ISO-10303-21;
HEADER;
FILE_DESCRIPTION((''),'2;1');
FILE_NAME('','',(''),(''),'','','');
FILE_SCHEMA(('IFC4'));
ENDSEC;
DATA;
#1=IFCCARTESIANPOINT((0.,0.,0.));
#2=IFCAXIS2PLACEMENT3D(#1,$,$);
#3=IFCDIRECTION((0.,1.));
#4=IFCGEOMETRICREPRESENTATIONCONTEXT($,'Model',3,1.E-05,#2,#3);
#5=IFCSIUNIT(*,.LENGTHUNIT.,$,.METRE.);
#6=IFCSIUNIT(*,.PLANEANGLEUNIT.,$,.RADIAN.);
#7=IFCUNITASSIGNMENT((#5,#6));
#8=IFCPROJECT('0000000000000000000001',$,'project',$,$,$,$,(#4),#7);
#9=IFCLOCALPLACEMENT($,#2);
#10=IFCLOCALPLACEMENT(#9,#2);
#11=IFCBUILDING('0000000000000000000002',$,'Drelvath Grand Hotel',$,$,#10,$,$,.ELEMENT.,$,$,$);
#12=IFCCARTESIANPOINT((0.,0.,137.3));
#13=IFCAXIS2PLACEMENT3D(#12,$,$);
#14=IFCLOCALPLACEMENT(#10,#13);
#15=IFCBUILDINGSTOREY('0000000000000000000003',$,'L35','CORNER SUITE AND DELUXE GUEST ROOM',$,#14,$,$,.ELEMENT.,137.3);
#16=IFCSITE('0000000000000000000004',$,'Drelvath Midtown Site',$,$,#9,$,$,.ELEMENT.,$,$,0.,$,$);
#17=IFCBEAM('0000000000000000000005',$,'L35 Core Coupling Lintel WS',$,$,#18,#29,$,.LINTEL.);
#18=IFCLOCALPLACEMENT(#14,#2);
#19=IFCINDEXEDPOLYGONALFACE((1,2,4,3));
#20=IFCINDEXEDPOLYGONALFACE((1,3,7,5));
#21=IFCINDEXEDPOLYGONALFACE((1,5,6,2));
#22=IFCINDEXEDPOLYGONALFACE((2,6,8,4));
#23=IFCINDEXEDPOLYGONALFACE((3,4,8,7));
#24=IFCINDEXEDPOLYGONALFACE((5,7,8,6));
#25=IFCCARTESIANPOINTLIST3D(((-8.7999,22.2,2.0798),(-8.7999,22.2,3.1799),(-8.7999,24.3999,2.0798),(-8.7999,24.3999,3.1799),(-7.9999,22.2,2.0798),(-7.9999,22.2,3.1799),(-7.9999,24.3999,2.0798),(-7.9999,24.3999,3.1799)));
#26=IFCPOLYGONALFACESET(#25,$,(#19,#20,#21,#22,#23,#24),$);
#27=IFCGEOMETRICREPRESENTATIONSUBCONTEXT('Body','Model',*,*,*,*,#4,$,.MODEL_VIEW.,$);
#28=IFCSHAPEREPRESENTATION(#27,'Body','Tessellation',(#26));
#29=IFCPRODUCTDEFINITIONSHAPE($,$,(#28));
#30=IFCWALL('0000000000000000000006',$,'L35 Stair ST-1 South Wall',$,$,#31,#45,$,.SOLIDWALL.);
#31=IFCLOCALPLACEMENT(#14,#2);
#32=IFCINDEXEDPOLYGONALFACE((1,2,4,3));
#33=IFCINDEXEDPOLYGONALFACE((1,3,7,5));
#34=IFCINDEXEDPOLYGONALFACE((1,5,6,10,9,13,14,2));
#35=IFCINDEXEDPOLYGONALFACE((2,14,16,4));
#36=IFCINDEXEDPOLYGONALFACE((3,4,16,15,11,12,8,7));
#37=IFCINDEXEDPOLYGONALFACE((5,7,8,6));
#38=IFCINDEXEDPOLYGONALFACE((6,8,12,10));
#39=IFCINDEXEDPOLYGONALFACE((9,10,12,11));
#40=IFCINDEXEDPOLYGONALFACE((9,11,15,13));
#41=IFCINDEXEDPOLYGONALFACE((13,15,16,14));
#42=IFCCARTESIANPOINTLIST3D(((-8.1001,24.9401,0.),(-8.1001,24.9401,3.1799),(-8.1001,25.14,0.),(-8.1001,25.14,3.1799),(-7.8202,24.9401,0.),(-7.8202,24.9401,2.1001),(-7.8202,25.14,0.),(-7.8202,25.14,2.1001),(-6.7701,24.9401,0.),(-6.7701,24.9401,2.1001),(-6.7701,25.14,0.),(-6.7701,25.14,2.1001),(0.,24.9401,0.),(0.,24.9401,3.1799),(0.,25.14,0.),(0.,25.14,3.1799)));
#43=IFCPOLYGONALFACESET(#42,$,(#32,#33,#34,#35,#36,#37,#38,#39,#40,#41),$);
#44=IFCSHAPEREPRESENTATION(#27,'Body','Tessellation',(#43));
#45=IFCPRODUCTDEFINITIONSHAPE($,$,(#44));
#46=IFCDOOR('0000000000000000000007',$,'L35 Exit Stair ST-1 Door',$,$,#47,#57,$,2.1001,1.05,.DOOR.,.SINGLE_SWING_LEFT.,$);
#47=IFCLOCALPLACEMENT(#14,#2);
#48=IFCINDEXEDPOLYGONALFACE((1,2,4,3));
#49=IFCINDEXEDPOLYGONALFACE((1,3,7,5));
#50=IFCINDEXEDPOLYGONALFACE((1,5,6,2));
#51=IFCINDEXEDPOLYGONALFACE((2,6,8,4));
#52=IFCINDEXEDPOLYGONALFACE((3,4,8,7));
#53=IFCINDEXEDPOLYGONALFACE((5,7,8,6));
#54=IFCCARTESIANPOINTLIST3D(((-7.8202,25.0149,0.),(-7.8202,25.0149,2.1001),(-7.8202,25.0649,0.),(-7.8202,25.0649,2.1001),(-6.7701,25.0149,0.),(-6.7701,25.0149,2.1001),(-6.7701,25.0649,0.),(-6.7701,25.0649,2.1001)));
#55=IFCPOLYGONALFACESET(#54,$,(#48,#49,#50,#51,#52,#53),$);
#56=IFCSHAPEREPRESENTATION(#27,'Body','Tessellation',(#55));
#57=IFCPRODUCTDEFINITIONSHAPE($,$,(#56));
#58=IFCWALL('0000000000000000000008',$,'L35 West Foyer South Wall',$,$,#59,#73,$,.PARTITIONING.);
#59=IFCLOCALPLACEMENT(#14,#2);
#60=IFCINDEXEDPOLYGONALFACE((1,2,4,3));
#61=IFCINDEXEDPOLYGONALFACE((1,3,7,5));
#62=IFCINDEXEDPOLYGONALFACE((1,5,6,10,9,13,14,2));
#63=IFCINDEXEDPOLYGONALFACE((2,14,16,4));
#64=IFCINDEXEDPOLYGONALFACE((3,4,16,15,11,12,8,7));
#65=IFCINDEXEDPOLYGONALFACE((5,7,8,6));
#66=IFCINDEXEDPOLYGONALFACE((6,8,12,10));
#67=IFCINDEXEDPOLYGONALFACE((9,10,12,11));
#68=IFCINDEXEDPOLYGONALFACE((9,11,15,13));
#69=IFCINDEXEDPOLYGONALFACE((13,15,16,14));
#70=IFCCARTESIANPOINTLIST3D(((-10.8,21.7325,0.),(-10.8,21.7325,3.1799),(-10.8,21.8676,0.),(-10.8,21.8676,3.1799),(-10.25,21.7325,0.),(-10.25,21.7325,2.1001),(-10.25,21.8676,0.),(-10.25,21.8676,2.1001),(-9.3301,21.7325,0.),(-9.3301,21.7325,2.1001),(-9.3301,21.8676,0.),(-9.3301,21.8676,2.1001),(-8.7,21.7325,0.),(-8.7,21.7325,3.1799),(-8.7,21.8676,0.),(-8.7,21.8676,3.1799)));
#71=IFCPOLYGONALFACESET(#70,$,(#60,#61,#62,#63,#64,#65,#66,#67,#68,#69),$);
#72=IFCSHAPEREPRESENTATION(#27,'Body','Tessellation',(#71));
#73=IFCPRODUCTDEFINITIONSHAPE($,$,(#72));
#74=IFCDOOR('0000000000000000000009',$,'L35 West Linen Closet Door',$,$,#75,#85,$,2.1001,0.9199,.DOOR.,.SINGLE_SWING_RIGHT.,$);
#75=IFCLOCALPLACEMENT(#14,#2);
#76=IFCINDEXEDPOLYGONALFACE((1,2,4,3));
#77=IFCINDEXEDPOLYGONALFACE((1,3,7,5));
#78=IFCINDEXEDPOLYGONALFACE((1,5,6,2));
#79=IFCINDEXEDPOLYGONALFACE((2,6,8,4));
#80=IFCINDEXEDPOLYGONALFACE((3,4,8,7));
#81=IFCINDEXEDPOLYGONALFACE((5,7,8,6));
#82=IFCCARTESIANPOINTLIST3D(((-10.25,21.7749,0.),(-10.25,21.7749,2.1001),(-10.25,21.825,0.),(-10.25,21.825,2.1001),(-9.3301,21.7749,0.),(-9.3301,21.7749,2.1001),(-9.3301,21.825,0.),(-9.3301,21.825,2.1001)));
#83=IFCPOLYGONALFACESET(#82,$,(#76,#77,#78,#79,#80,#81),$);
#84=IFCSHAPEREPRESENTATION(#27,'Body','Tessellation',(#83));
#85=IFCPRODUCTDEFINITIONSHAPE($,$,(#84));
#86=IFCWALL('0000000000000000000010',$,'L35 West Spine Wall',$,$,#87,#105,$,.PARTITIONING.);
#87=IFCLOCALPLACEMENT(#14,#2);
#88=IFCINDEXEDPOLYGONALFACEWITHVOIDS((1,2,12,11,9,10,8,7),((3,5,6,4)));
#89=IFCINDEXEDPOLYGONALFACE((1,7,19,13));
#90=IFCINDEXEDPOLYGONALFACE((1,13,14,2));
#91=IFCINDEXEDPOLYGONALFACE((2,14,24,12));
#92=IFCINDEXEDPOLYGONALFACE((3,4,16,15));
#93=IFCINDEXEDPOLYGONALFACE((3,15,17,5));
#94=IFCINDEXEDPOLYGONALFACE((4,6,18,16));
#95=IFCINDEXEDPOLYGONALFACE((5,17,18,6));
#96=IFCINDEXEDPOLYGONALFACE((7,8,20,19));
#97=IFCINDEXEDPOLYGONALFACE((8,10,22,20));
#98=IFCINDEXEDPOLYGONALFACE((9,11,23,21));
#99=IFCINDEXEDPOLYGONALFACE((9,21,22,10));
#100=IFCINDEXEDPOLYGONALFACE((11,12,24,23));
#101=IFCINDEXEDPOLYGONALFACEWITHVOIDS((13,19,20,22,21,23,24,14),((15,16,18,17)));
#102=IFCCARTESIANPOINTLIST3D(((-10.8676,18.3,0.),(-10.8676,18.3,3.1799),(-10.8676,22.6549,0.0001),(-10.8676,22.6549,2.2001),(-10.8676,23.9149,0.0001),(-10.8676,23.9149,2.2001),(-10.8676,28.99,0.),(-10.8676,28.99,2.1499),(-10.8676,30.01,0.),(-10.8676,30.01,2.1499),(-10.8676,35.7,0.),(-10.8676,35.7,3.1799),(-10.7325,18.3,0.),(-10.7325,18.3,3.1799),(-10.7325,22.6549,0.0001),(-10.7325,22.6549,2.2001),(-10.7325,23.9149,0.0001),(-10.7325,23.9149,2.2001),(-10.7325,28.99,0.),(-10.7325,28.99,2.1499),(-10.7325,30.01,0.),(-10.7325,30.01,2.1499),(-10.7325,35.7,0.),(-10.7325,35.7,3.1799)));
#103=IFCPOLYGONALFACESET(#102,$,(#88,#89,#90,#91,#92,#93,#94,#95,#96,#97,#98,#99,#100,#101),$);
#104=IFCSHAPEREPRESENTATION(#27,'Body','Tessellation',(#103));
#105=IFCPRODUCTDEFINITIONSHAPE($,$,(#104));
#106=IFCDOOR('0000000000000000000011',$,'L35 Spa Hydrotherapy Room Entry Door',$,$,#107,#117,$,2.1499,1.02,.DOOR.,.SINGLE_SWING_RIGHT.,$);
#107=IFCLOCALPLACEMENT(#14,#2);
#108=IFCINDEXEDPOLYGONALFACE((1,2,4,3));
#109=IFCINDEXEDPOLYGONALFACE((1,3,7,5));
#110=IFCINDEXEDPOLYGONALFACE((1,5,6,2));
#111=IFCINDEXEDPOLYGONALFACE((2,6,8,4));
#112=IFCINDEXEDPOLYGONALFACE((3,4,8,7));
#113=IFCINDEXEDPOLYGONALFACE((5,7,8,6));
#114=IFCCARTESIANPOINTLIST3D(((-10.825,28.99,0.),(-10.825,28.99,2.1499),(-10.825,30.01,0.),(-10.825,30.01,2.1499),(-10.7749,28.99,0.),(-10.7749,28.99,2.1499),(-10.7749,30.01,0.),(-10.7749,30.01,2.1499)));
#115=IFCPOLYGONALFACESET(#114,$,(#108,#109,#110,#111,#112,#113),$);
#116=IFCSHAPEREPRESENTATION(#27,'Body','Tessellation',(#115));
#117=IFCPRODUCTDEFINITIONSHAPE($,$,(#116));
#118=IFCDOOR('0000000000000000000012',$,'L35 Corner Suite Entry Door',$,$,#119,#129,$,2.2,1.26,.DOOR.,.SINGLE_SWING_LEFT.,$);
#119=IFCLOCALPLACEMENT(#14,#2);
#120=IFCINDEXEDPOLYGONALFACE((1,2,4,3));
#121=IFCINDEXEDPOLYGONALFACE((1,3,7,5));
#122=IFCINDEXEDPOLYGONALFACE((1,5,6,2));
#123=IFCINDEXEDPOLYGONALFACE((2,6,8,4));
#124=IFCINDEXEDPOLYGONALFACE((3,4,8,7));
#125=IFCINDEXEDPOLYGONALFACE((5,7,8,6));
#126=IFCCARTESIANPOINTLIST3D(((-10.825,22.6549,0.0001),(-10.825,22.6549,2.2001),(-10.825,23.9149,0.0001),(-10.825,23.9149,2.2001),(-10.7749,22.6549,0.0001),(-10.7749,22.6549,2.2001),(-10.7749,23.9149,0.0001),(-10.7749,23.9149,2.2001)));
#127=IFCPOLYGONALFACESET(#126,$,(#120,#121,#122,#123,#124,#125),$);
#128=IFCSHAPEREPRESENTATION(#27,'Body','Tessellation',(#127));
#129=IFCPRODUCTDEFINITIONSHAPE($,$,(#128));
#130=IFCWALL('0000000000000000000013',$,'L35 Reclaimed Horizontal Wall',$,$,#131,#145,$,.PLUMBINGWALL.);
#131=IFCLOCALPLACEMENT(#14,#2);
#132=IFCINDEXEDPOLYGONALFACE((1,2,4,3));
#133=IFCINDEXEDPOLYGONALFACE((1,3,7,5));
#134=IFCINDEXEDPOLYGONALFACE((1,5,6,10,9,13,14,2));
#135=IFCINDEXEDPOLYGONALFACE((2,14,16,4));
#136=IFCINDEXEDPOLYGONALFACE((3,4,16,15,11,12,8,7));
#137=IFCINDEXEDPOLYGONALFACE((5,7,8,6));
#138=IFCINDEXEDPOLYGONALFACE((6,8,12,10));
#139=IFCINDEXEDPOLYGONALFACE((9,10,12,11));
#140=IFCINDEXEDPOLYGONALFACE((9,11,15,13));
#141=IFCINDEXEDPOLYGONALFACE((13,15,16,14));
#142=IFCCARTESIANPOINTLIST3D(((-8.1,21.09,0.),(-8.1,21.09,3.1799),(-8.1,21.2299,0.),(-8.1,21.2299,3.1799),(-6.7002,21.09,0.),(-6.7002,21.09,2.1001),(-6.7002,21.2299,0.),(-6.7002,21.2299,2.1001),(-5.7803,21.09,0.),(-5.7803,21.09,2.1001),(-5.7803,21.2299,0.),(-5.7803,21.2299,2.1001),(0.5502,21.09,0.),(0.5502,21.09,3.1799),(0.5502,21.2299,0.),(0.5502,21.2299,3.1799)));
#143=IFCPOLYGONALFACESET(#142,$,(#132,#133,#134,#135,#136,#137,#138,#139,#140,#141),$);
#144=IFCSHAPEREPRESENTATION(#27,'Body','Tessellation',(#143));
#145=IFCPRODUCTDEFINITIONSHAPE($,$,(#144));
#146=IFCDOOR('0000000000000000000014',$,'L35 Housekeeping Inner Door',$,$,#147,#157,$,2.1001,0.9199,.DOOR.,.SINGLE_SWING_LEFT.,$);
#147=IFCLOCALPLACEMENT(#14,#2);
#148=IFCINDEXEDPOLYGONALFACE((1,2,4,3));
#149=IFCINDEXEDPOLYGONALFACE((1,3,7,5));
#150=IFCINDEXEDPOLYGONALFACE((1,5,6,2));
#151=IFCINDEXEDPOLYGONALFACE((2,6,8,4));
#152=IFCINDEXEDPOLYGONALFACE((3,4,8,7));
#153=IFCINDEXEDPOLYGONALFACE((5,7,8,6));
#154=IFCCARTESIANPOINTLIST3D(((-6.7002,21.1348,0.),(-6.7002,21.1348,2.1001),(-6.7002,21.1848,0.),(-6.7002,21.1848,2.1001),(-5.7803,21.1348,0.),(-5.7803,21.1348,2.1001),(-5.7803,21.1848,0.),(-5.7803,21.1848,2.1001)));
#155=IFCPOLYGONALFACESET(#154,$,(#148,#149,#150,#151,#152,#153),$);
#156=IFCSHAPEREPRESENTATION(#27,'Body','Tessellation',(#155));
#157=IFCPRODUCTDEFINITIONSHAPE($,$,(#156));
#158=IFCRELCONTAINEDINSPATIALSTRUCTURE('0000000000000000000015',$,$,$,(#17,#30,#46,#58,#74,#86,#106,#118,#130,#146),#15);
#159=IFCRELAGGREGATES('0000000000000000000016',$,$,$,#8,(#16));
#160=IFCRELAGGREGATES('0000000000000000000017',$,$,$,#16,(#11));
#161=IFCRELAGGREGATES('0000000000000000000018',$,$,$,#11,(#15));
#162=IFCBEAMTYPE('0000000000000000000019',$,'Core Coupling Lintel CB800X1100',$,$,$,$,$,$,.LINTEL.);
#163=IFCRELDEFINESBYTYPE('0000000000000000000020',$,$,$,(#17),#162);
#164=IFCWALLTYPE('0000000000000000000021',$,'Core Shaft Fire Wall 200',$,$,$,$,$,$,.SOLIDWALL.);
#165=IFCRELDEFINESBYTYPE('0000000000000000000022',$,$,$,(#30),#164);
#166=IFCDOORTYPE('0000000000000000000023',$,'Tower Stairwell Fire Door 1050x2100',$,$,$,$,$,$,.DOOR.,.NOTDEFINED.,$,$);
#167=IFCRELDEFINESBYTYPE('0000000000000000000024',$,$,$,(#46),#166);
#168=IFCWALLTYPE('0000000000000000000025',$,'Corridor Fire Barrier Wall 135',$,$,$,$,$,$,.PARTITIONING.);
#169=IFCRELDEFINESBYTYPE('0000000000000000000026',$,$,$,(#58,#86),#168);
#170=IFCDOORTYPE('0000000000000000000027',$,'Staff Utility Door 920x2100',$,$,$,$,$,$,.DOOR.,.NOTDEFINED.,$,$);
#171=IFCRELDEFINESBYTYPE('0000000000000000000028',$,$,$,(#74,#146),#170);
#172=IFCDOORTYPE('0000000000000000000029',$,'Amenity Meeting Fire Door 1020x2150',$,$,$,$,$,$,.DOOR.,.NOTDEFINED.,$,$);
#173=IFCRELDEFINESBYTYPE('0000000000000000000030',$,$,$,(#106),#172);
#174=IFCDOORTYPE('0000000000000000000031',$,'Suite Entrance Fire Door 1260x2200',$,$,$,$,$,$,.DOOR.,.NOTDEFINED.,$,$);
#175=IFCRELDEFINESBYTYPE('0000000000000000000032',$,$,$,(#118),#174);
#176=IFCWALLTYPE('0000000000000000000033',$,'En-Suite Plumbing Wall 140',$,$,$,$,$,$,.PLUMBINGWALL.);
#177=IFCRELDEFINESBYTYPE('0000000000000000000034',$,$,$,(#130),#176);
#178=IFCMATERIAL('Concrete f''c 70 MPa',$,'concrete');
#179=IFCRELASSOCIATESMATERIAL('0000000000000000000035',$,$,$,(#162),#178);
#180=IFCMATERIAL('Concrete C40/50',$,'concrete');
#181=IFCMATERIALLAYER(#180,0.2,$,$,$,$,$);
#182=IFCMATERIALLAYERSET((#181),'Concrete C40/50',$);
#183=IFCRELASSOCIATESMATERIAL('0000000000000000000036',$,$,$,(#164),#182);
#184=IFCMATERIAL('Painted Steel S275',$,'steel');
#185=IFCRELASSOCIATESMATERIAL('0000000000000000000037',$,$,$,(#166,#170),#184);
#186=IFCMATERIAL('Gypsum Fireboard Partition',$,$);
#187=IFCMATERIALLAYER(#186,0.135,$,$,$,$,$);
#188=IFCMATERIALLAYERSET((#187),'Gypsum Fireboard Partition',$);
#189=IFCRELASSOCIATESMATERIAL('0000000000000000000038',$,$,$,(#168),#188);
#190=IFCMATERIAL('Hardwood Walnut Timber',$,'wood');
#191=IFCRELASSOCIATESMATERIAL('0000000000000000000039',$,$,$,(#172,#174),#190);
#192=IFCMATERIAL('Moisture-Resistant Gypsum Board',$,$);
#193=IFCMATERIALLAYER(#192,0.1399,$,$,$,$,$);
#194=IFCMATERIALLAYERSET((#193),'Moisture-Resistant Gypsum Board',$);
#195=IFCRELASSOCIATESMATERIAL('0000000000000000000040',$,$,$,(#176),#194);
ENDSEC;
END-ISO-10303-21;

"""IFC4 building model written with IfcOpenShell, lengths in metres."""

from ifc_helpers import new_model, si_unit, direction, frame, frame_2d, origin, origin_2d, place, context, subcontext, project, spatial, rectangle, extrude, material, layer, layer_set, material_profile, profile_set, type_object, element, fill, save


model = new_model("IFC4")

# Units and contexts
model_context = context("Model", 3, precision=1e-05, world=origin(), true_north=direction((0.0, 1.0)))
body_context = subcontext(model_context, "Body", "Model", "MODEL_VIEW")
ifc_project = project(units=[si_unit("LENGTHUNIT", "METRE"), si_unit("PLANEANGLEUNIT", "RADIAN")], contexts=[model_context])

# Site, building, storey
site_placement = place(None, origin())
site = spatial("IfcSite", under=ifc_project, at=site_placement, Name="Drelvath Midtown Site", CompositionType="ELEMENT", RefElevation=0.0)
building_placement = place(site_placement, origin())
building = spatial("IfcBuilding", under=site, at=building_placement, Name="Drelvath Grand Hotel", CompositionType="ELEMENT")
storey_placement = place(building_placement, frame((0.0, 0.0, 137.3)))
storey = spatial("IfcBuildingStorey", under=building, at=storey_placement, Name="L35", Description="CORNER SUITE AND DELUXE GUEST ROOM", CompositionType="ELEMENT", Elevation=137.3)

# Beam
ifc_material_1 = material(Name="Concrete f'c 70 MPa", Category="concrete")
ifc_material_profile = material_profile(ifc_material_1, rectangle(XDim=0.8, YDim=1.1001, at=origin_2d()), Name="CB800X1100")
ifc_profile_set = profile_set([ifc_material_profile], Name="Concrete f'c 70 MPa")
beam_type = type_object("IfcBeamType", Name="Core Coupling Lintel CB800X1100", PredefinedType="LINTEL", material=ifc_profile_set)
beam_placement = place(storey_placement, frame((-8.3999, 22.2, 2.6299), z_axis=(0.0, 1.0, 0.0), x_axis=(-1.0, 0.0, 0.0)))
element("IfcBeam", 1, at=beam_placement, inside=storey, type_object=beam_type, Name="L35 Core Coupling Lintel WS", PredefinedType="LINTEL", context=body_context, shape_type="SweptSolid", body=[
    extrude(rectangle(XDim=0.8, YDim=1.1001, at=origin_2d()), origin(), (0.0, 0.0, 1.0), 2.2),
])

# Walls, openings, doors
ifc_material_2 = material(Name="Concrete C40/50", Category="concrete")
ifc_layer_1 = layer(ifc_material_2, 0.2)
ifc_layer_set_1 = layer_set([ifc_layer_1], Name="Concrete C40/50")
wall_type_1 = type_object("IfcWallType", Name="Core Shaft Fire Wall 200", PredefinedType="SOLIDWALL", material=ifc_layer_set_1)
wall_1_placement = place(storey_placement, frame((-8.1001, 25.04, 0.0), z_axis=(0.0, 0.0, 1.0), x_axis=(1.0, 0.0, 0.0)))
wall_1 = element("IfcWall", 2, at=wall_1_placement, inside=storey, type_object=wall_type_1, Name="L35 Stair ST-1 South Wall", PredefinedType="SOLIDWALL", context=body_context, shape_type="SweptSolid", body=[
    extrude(rectangle(XDim=8.1001, YDim=0.2, at=frame_2d((4.05, 0.0))), origin(), (0.0, 0.0, 1.0), 3.1799),
])
opening_1_placement = place(wall_1_placement, frame((0.28, 0.0, 0.0)))
opening_1 = element("IfcOpeningElement", 3, at=opening_1_placement, cuts=wall_1, PredefinedType="OPENING", context=body_context, shape_type="SweptSolid", body=[
    extrude(rectangle(XDim=1.05, YDim=2.1001, at=frame_2d((0.5249, 1.05))), frame((0.0, 0.1099, 0.0), z_axis=(0.0, -1.0, 0.0), x_axis=(1.0, 0.0, 0.0)), (0.0, 0.0, 1.0), 0.22),
])
ifc_material_3 = material(Name="Painted Steel S275", Category="steel")
door_type_1 = type_object("IfcDoorType", Name="Tower Stairwell Fire Door 1050x2100", OperationType="NOTDEFINED", PredefinedType="DOOR", material=ifc_material_3)
door_1_placement = place(opening_1_placement, origin())
door_1 = element("IfcDoor", 4, at=door_1_placement, inside=storey, type_object=door_type_1, Name="L35 Exit Stair ST-1 Door", OperationType="SINGLE_SWING_LEFT", OverallHeight=2.1001, OverallWidth=1.05, PredefinedType="DOOR", context=body_context, shape_type="SweptSolid", body=[
    extrude(rectangle(XDim=1.05, YDim=2.1001, at=frame_2d((0.5249, 1.05))), frame((0.0, 0.0249, 0.0), z_axis=(0.0, -1.0, 0.0), x_axis=(1.0, 0.0, 0.0)), (0.0, 0.0, 1.0), 0.05),
])
fill(opening_1, door_1)
ifc_material_4 = material(Name="Gypsum Fireboard Partition")
ifc_layer_2 = layer(ifc_material_4, 0.135)
ifc_layer_set_2 = layer_set([ifc_layer_2], Name="Gypsum Fireboard Partition")
wall_type_2 = type_object("IfcWallType", Name="Corridor Fire Barrier Wall 135", PredefinedType="PARTITIONING", material=ifc_layer_set_2)
wall_2_placement = place(storey_placement, frame((-10.8, 21.8, 0.0), z_axis=(0.0, 0.0, 1.0), x_axis=(1.0, 0.0, 0.0)))
wall_2 = element("IfcWall", 5, at=wall_2_placement, inside=storey, type_object=wall_type_2, Name="L35 West Foyer South Wall", PredefinedType="PARTITIONING", context=body_context, shape_type="SweptSolid", body=[
    extrude(rectangle(XDim=2.1001, YDim=0.135, at=frame_2d((1.05, 0.0))), origin(), (0.0, 0.0, 1.0), 3.1799),
])
opening_2_placement = place(wall_2_placement, frame((0.55, 0.0, 0.0)))
opening_2 = element("IfcOpeningElement", 6, at=opening_2_placement, cuts=wall_2, PredefinedType="OPENING", context=body_context, shape_type="SweptSolid", body=[
    extrude(rectangle(XDim=0.9199, YDim=2.1001, at=frame_2d((0.46, 1.05))), frame((0.0, 0.0774, 0.0), z_axis=(0.0, -1.0, 0.0), x_axis=(1.0, 0.0, 0.0)), (0.0, 0.0, 1.0), 0.155),
])
door_type_2 = type_object("IfcDoorType", Name="Staff Utility Door 920x2100", OperationType="NOTDEFINED", PredefinedType="DOOR", material=ifc_material_3)
door_2_placement = place(opening_2_placement, origin())
door_2 = element("IfcDoor", 7, at=door_2_placement, inside=storey, type_object=door_type_2, Name="L35 West Linen Closet Door", OperationType="SINGLE_SWING_RIGHT", OverallHeight=2.1001, OverallWidth=0.9199, PredefinedType="DOOR", context=body_context, shape_type="SweptSolid", body=[
    extrude(rectangle(XDim=0.9199, YDim=2.1001, at=frame_2d((0.46, 1.05))), frame((0.0, 0.0249, 0.0), z_axis=(0.0, -1.0, 0.0), x_axis=(1.0, 0.0, 0.0)), (0.0, 0.0, 1.0), 0.05),
])
fill(opening_2, door_2)

# Wall, openings, doors
wall_3_placement = place(storey_placement, frame((-10.8, 18.3, 0.0), z_axis=(0.0, 0.0, 1.0), x_axis=(0.0, 1.0, 0.0)))
wall_3 = element("IfcWall", 8, at=wall_3_placement, inside=storey, type_object=wall_type_2, Name="L35 West Spine Wall", PredefinedType="PARTITIONING", context=body_context, shape_type="SweptSolid", body=[
    extrude(rectangle(XDim=17.3999, YDim=0.135, at=frame_2d((8.7, 0.0))), origin(), (0.0, 0.0, 1.0), 3.1799),
])
opening_3_placement = place(wall_3_placement, frame((4.355, 0.0, 0.0)))
opening_3 = element("IfcOpeningElement", 9, at=opening_3_placement, cuts=wall_3, PredefinedType="OPENING", context=body_context, shape_type="SweptSolid", body=[
    extrude(rectangle(XDim=1.26, YDim=2.2, at=frame_2d((0.6299, 1.1001))), frame((0.0, 0.0774, 0.0), z_axis=(0.0, -1.0, 0.0), x_axis=(1.0, 0.0, 0.0)), (0.0, 0.0, 1.0), 0.155),
])
opening_4_placement = place(wall_3_placement, frame((10.6899, 0.0, 0.0)))
opening_4 = element("IfcOpeningElement", 10, at=opening_4_placement, cuts=wall_3, PredefinedType="OPENING", context=body_context, shape_type="SweptSolid", body=[
    extrude(rectangle(XDim=1.02, YDim=2.1499, at=frame_2d((0.51, 1.075))), frame((0.0, 0.0774, 0.0), z_axis=(0.0, -1.0, 0.0), x_axis=(1.0, 0.0, 0.0)), (0.0, 0.0, 1.0), 0.155),
])
ifc_material_5 = material(Name="Hardwood Walnut Timber", Category="wood")
door_type_3 = type_object("IfcDoorType", Name="Amenity Meeting Fire Door 1020x2150", OperationType="NOTDEFINED", PredefinedType="DOOR", material=ifc_material_5)
door_3_placement = place(opening_4_placement, origin())
door_3 = element("IfcDoor", 11, at=door_3_placement, inside=storey, type_object=door_type_3, Name="L35 Spa Hydrotherapy Room Entry Door", OperationType="SINGLE_SWING_RIGHT", OverallHeight=2.1499, OverallWidth=1.02, PredefinedType="DOOR", context=body_context, shape_type="SweptSolid", body=[
    extrude(rectangle(XDim=1.02, YDim=2.1499, at=frame_2d((0.51, 1.075))), frame((0.0, 0.0249, 0.0), z_axis=(0.0, -1.0, 0.0), x_axis=(1.0, 0.0, 0.0)), (0.0, 0.0, 1.0), 0.05),
])
fill(opening_4, door_3)
door_type_4 = type_object("IfcDoorType", Name="Suite Entrance Fire Door 1260x2200", OperationType="NOTDEFINED", PredefinedType="DOOR", material=ifc_material_5)
door_4_placement = place(opening_3_placement, origin())
door_4 = element("IfcDoor", 12, at=door_4_placement, inside=storey, type_object=door_type_4, Name="L35 Corner Suite Entry Door", OperationType="SINGLE_SWING_LEFT", OverallHeight=2.2, OverallWidth=1.26, PredefinedType="DOOR", context=body_context, shape_type="SweptSolid", body=[
    extrude(rectangle(XDim=1.26, YDim=2.2, at=frame_2d((0.6299, 1.1001))), frame((0.0, 0.0249, 0.0), z_axis=(0.0, -1.0, 0.0), x_axis=(1.0, 0.0, 0.0)), (0.0, 0.0, 1.0), 0.05),
])
fill(opening_3, door_4)

# Wall, opening, door
ifc_material_6 = material(Name="Moisture-Resistant Gypsum Board")
ifc_layer_3 = layer(ifc_material_6, 0.1399)
ifc_layer_set_3 = layer_set([ifc_layer_3], Name="Moisture-Resistant Gypsum Board")
wall_type_3 = type_object("IfcWallType", Name="En-Suite Plumbing Wall 140", PredefinedType="PLUMBINGWALL", material=ifc_layer_set_3)
wall_4_placement = place(storey_placement, frame((-8.1001, 21.1599, 0.0), z_axis=(0.0, 0.0, 1.0), x_axis=(1.0, 0.0, 0.0)))
wall_4 = element("IfcWall", 13, at=wall_4_placement, inside=storey, type_object=wall_type_3, Name="L35 Reclaimed Horizontal Wall", PredefinedType="PLUMBINGWALL", context=body_context, shape_type="SweptSolid", body=[
    extrude(rectangle(XDim=8.6501, YDim=0.1399, at=frame_2d((4.3252, 0.0))), origin(), (0.0, 0.0, 1.0), 3.1799),
])
opening_5_placement = place(wall_4_placement, frame((1.3999, 0.0, 0.0)))
opening_5 = element("IfcOpeningElement", 14, at=opening_5_placement, cuts=wall_4, PredefinedType="OPENING", context=body_context, shape_type="SweptSolid", body=[
    extrude(rectangle(XDim=0.9199, YDim=2.1001, at=frame_2d((0.46, 1.05))), frame((0.0, 0.0798, 0.0), z_axis=(0.0, -1.0, 0.0), x_axis=(1.0, 0.0, 0.0)), (0.0, 0.0, 1.0), 0.1599),
])
door_5_placement = place(opening_5_placement, origin())
door_5 = element("IfcDoor", 15, at=door_5_placement, inside=storey, type_object=door_type_2, Name="L35 Housekeeping Inner Door", OperationType="SINGLE_SWING_LEFT", OverallHeight=2.1001, OverallWidth=0.9199, PredefinedType="DOOR", context=body_context, shape_type="SweptSolid", body=[
    extrude(rectangle(XDim=0.9199, YDim=2.1001, at=frame_2d((0.46, 1.05))), frame((0.0, 0.0249, 0.0), z_axis=(0.0, -1.0, 0.0), x_axis=(1.0, 0.0, 0.0)), (0.0, 0.0, 1.0), 0.05),
])
fill(opening_5, door_5)

save(model, "model.ifc")
